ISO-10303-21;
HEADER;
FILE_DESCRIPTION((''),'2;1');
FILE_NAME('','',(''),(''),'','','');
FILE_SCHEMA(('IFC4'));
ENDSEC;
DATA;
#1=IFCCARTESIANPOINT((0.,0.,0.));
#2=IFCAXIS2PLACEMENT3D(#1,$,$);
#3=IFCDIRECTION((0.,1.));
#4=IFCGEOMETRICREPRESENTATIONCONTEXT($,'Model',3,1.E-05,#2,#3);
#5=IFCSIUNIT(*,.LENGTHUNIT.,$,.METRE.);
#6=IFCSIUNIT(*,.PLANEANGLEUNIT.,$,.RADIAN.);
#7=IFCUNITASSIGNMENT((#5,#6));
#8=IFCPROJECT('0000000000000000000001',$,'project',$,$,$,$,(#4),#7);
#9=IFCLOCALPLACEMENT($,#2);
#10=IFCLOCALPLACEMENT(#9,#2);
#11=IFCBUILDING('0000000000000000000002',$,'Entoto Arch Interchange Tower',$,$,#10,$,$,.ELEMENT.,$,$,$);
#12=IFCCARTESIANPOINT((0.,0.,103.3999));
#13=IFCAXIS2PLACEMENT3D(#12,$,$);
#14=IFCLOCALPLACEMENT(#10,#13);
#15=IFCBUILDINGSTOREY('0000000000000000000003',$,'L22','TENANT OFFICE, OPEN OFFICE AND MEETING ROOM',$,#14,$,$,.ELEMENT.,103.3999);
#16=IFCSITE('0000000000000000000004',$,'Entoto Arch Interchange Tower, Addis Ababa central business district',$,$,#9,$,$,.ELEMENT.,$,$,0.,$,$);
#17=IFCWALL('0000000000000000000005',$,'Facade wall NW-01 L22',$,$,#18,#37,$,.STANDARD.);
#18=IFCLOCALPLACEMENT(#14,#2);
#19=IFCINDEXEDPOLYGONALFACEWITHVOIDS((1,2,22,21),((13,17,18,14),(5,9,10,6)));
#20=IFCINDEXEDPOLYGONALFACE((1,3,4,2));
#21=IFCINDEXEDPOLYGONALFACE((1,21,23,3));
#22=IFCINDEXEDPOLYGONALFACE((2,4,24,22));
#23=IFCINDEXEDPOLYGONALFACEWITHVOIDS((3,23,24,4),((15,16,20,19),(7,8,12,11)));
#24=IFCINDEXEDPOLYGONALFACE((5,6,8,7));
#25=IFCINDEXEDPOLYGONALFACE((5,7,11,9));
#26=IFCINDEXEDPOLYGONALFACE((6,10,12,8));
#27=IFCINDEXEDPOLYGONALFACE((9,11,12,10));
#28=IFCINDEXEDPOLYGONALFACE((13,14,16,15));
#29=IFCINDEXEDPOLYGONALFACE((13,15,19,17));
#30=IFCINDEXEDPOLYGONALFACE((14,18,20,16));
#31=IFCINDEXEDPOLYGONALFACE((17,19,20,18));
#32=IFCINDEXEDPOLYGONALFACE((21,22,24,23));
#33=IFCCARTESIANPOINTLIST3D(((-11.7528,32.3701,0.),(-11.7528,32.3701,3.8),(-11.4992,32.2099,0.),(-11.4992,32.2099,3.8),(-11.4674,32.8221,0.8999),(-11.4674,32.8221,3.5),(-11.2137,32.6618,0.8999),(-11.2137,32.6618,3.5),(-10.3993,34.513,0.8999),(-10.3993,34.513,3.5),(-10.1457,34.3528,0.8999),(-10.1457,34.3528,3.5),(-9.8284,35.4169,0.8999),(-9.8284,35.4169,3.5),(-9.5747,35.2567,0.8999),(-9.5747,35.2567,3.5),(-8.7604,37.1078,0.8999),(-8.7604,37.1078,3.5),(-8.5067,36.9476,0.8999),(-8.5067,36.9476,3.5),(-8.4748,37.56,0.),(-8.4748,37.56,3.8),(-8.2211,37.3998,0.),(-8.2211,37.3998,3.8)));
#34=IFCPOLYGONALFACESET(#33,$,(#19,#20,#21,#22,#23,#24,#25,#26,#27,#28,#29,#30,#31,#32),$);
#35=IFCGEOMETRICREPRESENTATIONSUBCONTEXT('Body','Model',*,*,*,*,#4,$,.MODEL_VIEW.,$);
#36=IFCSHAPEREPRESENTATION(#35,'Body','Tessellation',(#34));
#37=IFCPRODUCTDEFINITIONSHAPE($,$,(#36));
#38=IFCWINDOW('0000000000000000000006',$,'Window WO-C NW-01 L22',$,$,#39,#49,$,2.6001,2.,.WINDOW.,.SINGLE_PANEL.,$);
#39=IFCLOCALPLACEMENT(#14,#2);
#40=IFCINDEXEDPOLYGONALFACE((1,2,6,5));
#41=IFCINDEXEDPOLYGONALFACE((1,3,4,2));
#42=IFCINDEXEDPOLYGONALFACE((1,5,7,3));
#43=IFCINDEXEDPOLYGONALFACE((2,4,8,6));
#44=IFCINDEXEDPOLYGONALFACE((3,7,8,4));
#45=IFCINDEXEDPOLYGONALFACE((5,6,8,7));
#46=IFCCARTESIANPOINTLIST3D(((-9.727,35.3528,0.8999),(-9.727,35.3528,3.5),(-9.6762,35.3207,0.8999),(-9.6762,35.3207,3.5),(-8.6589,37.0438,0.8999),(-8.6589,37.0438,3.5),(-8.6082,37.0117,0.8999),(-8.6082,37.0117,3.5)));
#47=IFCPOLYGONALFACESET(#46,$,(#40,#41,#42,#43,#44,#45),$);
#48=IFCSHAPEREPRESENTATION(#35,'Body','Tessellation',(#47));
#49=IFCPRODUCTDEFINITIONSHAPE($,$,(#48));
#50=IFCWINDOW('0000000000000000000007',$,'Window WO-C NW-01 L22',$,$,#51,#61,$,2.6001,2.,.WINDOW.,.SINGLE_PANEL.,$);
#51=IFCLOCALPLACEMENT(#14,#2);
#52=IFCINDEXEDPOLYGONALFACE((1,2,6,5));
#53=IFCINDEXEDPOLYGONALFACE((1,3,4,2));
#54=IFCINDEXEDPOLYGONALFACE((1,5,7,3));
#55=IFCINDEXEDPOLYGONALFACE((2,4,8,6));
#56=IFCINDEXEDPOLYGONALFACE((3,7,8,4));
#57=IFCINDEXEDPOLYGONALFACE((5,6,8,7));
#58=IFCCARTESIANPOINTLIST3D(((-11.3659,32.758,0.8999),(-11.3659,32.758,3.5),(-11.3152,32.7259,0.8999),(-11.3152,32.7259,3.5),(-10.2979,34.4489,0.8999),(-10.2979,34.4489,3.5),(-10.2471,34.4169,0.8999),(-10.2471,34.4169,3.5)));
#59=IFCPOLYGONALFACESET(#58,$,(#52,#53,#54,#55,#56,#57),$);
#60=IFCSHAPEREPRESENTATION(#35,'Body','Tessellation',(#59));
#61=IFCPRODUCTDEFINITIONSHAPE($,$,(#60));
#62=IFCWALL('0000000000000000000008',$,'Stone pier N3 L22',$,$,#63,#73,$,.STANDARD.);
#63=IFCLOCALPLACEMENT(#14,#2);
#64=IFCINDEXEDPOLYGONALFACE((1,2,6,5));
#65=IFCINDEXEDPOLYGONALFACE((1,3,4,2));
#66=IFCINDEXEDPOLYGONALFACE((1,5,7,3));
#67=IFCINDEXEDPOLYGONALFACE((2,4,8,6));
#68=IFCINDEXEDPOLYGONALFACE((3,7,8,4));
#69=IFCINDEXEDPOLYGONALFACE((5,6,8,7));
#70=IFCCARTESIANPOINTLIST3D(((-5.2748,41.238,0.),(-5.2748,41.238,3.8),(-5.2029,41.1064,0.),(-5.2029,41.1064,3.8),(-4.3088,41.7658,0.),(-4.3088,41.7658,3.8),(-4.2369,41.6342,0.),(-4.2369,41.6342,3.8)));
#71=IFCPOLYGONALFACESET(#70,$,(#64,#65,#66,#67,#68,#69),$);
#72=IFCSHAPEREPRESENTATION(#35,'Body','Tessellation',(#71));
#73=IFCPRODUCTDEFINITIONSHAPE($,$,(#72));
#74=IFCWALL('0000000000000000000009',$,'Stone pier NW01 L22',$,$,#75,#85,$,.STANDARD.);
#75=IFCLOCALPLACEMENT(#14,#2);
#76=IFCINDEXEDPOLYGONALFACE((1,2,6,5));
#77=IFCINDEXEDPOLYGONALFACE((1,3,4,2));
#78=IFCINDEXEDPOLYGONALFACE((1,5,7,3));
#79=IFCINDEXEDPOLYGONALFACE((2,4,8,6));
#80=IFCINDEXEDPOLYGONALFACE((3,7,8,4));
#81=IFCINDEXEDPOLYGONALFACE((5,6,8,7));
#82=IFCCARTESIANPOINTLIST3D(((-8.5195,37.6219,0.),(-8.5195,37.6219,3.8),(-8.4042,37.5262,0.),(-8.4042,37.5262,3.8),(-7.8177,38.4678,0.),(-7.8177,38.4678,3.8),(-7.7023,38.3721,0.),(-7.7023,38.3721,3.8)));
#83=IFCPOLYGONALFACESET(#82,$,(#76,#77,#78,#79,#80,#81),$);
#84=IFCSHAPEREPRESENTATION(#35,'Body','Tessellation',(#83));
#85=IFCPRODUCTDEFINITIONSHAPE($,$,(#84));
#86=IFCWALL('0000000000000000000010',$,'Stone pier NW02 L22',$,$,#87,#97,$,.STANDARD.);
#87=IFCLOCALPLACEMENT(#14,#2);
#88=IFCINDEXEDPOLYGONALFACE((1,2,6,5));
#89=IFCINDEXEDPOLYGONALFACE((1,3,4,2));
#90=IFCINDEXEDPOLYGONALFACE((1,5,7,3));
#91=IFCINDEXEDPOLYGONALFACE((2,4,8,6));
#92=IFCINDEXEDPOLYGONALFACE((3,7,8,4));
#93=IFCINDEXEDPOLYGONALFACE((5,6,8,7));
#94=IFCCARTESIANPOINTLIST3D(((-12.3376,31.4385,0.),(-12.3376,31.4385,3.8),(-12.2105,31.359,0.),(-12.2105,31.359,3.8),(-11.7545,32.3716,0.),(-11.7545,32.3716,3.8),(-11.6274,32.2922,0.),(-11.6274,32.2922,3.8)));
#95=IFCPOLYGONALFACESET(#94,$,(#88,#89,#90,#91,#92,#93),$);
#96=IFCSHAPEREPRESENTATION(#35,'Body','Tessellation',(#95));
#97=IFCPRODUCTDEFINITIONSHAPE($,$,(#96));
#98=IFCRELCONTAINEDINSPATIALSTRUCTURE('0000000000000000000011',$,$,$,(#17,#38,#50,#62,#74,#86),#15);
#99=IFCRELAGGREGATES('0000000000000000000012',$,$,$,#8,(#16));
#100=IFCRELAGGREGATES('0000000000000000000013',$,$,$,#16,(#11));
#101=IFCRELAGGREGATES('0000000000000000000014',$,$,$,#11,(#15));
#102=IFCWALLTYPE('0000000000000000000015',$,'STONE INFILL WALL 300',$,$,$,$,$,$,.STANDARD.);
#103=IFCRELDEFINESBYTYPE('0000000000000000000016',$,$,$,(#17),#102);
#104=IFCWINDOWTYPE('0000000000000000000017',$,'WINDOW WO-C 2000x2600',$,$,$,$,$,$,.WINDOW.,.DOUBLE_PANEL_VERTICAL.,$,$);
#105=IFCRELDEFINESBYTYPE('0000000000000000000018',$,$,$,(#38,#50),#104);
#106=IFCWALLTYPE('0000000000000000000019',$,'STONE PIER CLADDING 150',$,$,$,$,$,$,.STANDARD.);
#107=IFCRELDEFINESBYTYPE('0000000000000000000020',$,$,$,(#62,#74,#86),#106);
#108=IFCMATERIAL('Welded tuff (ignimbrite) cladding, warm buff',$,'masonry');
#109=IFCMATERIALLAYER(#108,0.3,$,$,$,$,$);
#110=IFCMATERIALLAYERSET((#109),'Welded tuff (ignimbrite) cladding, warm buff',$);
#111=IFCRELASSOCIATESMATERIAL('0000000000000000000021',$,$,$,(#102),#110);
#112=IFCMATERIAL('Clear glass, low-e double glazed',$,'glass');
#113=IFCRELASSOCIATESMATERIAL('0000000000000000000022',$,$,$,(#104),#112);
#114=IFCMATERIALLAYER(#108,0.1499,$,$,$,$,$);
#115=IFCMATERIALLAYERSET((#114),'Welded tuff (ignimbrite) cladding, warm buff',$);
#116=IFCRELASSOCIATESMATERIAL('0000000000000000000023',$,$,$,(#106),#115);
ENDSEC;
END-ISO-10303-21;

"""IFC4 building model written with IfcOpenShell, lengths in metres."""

from ifc_helpers import new_model, si_unit, direction, frame, frame_2d, origin, place, context, subcontext, project, spatial, rectangle, extrude, material, layer, layer_set, type_object, element, fill, save


model = new_model("IFC4")

# Units and contexts
model_context = context("Model", 3, precision=1e-05, world=origin(), true_north=direction((0.0, 1.0)))
body_context = subcontext(model_context, "Body", "Model", "MODEL_VIEW")
ifc_project = project(units=[si_unit("LENGTHUNIT", "METRE"), si_unit("PLANEANGLEUNIT", "RADIAN")], contexts=[model_context])

# Site, building, storey
site_placement = place(None, origin())
site = spatial("IfcSite", under=ifc_project, at=site_placement, Name="Entoto Arch Interchange Tower, Addis Ababa central business district", CompositionType="ELEMENT", RefElevation=0.0)
building_placement = place(site_placement, origin())
building = spatial("IfcBuilding", under=site, at=building_placement, Name="Entoto Arch Interchange Tower", CompositionType="ELEMENT")
storey_placement = place(building_placement, frame((0.0, 0.0, 103.3999)))
storey = spatial("IfcBuildingStorey", under=building, at=storey_placement, Name="L22", Description="TENANT OFFICE, OPEN OFFICE AND MEETING ROOM", CompositionType="ELEMENT", Elevation=103.3999)

# Shared definitions
ifc_material_1 = material(Name="Welded tuff (ignimbrite) cladding, warm buff", Category="masonry")
ifc_layer_1 = layer(ifc_material_1, 0.3)
ifc_layer_set_1 = layer_set([ifc_layer_1], Name="Welded tuff (ignimbrite) cladding, warm buff")
wall_type_1 = type_object("IfcWallType", Name="STONE INFILL WALL 300", PredefinedType="STANDARD", material=ifc_layer_set_1)
ifc_material_2 = material(Name="Clear glass, low-e double glazed", Category="glass")

# Wall, openings, windows
wall_1_placement = place(storey_placement, frame((-8.3479, 37.48, 0.0), z_axis=(0.0, 0.0, 1.0), x_axis=(-0.534018, -0.845473, 0.0)))
wall_1 = element("IfcWall", 1, at=wall_1_placement, inside=storey, type_object=wall_type_1, Name="Facade wall NW-01 L22", PredefinedType="STANDARD", context=body_context, shape_type="SweptSolid", body=[
    extrude(rectangle(XDim=6.1384, YDim=0.3, at=frame_2d((3.0693, 0.0))), origin(), (0.0, 0.0, 1.0), 3.8),
])
opening_1_placement = place(wall_1_placement, frame((0.5349, 0.0, 0.8999)))
opening_1 = element("IfcOpeningElement", 2, at=opening_1_placement, cuts=wall_1, PredefinedType="OPENING", context=body_context, shape_type="SweptSolid", body=[
    extrude(rectangle(XDim=2.0, YDim=2.6001, at=frame_2d((1.0, 1.3))), frame((0.0, 0.1602, 0.0), z_axis=(0.0, -1.0, 0.0), x_axis=(1.0, 0.0, 0.0)), (0.0, 0.0, 1.0), 0.3201),
])
opening_2_placement = place(wall_1_placement, frame((3.604, 0.0, 0.8999)))
opening_2 = element("IfcOpeningElement", 3, at=opening_2_placement, cuts=wall_1, PredefinedType="OPENING", context=body_context, shape_type="SweptSolid", body=[
    extrude(rectangle(XDim=2.0, YDim=2.6001, at=frame_2d((1.0, 1.3))), frame((0.0, 0.1602, 0.0), z_axis=(0.0, -1.0, 0.0), x_axis=(1.0, 0.0, 0.0)), (0.0, 0.0, 1.0), 0.3201),
])
window_type_1 = type_object("IfcWindowType", Name="WINDOW WO-C 2000x2600", PartitioningType="DOUBLE_PANEL_VERTICAL", PredefinedType="WINDOW", material=ifc_material_2)
window_1_placement = place(opening_1_placement, origin())
window_1 = element("IfcWindow", 4, at=window_1_placement, inside=storey, type_object=window_type_1, Name="Window WO-C NW-01 L22", OverallHeight=2.6001, OverallWidth=2.0, PartitioningType="SINGLE_PANEL", PredefinedType="WINDOW", context=body_context, shape_type="SweptSolid", body=[
    extrude(rectangle(XDim=2.0, YDim=2.6001, at=frame_2d((1.0, 1.3))), frame((0.0, 0.03, 0.0), z_axis=(0.0, -1.0, 0.0), x_axis=(1.0, 0.0, 0.0)), (0.0, 0.0, 1.0), 0.0601),
])
fill(opening_1, window_1)
window_2_placement = place(opening_2_placement, origin())
window_2 = element("IfcWindow", 5, at=window_2_placement, inside=storey, type_object=window_type_1, Name="Window WO-C NW-01 L22", OverallHeight=2.6001, OverallWidth=2.0, PartitioningType="SINGLE_PANEL", PredefinedType="WINDOW", context=body_context, shape_type="SweptSolid", body=[
    extrude(rectangle(XDim=2.0, YDim=2.6001, at=frame_2d((1.0, 1.3))), frame((0.0, 0.03, 0.0), z_axis=(0.0, -1.0, 0.0), x_axis=(1.0, 0.0, 0.0)), (0.0, 0.0, 1.0), 0.0601),
])
fill(opening_2, window_2)

# Walls
ifc_layer_2 = layer(ifc_material_1, 0.1499)
ifc_layer_set_2 = layer_set([ifc_layer_2], Name="Welded tuff (ignimbrite) cladding, warm buff")
wall_type_2 = type_object("IfcWallType", Name="STONE PIER CLADDING 150", PredefinedType="STANDARD", material=ifc_layer_set_2)
wall_2_placement = place(storey_placement, frame((-4.2729, 41.7, 0.0), z_axis=(0.0, 0.0, 1.0), x_axis=(-0.877556, -0.479474, 0.0)))
element("IfcWall", 6, at=wall_2_placement, inside=storey, type_object=wall_type_2, Name="Stone pier N3 L22", PredefinedType="STANDARD", context=body_context, shape_type="SweptSolid", body=[
    extrude(rectangle(XDim=1.1008, YDim=0.1499, at=frame_2d((0.5503, 0.0))), origin(), (0.0, 0.0, 1.0), 3.8),
])
wall_3_placement = place(storey_placement, frame((-7.76, 38.4199, 0.0), z_axis=(0.0, 0.0, 1.0), x_axis=(-0.638544, -0.769585, 0.0)))
element("IfcWall", 7, at=wall_3_placement, inside=storey, type_object=wall_type_2, Name="Stone pier NW01 L22", PredefinedType="STANDARD", context=body_context, shape_type="SweptSolid", body=[
    extrude(rectangle(XDim=1.0991, YDim=0.1499, at=frame_2d((0.5496, 0.0))), origin(), (0.0, 0.0, 1.0), 3.8),
])
wall_4_placement = place(storey_placement, frame((-11.6909, 32.332, 0.0), z_axis=(0.0, 0.0, 1.0), x_axis=(-0.529879, -0.848073, 0.0)))
element("IfcWall", 8, at=wall_4_placement, inside=storey, type_object=wall_type_2, Name="Stone pier NW02 L22", PredefinedType="STANDARD", context=body_context, shape_type="SweptSolid", body=[
    extrude(rectangle(XDim=1.1003, YDim=0.1499, at=frame_2d((0.5503, 0.0))), origin(), (0.0, 0.0, 1.0), 3.8),
])

save(model, "model.ifc")
